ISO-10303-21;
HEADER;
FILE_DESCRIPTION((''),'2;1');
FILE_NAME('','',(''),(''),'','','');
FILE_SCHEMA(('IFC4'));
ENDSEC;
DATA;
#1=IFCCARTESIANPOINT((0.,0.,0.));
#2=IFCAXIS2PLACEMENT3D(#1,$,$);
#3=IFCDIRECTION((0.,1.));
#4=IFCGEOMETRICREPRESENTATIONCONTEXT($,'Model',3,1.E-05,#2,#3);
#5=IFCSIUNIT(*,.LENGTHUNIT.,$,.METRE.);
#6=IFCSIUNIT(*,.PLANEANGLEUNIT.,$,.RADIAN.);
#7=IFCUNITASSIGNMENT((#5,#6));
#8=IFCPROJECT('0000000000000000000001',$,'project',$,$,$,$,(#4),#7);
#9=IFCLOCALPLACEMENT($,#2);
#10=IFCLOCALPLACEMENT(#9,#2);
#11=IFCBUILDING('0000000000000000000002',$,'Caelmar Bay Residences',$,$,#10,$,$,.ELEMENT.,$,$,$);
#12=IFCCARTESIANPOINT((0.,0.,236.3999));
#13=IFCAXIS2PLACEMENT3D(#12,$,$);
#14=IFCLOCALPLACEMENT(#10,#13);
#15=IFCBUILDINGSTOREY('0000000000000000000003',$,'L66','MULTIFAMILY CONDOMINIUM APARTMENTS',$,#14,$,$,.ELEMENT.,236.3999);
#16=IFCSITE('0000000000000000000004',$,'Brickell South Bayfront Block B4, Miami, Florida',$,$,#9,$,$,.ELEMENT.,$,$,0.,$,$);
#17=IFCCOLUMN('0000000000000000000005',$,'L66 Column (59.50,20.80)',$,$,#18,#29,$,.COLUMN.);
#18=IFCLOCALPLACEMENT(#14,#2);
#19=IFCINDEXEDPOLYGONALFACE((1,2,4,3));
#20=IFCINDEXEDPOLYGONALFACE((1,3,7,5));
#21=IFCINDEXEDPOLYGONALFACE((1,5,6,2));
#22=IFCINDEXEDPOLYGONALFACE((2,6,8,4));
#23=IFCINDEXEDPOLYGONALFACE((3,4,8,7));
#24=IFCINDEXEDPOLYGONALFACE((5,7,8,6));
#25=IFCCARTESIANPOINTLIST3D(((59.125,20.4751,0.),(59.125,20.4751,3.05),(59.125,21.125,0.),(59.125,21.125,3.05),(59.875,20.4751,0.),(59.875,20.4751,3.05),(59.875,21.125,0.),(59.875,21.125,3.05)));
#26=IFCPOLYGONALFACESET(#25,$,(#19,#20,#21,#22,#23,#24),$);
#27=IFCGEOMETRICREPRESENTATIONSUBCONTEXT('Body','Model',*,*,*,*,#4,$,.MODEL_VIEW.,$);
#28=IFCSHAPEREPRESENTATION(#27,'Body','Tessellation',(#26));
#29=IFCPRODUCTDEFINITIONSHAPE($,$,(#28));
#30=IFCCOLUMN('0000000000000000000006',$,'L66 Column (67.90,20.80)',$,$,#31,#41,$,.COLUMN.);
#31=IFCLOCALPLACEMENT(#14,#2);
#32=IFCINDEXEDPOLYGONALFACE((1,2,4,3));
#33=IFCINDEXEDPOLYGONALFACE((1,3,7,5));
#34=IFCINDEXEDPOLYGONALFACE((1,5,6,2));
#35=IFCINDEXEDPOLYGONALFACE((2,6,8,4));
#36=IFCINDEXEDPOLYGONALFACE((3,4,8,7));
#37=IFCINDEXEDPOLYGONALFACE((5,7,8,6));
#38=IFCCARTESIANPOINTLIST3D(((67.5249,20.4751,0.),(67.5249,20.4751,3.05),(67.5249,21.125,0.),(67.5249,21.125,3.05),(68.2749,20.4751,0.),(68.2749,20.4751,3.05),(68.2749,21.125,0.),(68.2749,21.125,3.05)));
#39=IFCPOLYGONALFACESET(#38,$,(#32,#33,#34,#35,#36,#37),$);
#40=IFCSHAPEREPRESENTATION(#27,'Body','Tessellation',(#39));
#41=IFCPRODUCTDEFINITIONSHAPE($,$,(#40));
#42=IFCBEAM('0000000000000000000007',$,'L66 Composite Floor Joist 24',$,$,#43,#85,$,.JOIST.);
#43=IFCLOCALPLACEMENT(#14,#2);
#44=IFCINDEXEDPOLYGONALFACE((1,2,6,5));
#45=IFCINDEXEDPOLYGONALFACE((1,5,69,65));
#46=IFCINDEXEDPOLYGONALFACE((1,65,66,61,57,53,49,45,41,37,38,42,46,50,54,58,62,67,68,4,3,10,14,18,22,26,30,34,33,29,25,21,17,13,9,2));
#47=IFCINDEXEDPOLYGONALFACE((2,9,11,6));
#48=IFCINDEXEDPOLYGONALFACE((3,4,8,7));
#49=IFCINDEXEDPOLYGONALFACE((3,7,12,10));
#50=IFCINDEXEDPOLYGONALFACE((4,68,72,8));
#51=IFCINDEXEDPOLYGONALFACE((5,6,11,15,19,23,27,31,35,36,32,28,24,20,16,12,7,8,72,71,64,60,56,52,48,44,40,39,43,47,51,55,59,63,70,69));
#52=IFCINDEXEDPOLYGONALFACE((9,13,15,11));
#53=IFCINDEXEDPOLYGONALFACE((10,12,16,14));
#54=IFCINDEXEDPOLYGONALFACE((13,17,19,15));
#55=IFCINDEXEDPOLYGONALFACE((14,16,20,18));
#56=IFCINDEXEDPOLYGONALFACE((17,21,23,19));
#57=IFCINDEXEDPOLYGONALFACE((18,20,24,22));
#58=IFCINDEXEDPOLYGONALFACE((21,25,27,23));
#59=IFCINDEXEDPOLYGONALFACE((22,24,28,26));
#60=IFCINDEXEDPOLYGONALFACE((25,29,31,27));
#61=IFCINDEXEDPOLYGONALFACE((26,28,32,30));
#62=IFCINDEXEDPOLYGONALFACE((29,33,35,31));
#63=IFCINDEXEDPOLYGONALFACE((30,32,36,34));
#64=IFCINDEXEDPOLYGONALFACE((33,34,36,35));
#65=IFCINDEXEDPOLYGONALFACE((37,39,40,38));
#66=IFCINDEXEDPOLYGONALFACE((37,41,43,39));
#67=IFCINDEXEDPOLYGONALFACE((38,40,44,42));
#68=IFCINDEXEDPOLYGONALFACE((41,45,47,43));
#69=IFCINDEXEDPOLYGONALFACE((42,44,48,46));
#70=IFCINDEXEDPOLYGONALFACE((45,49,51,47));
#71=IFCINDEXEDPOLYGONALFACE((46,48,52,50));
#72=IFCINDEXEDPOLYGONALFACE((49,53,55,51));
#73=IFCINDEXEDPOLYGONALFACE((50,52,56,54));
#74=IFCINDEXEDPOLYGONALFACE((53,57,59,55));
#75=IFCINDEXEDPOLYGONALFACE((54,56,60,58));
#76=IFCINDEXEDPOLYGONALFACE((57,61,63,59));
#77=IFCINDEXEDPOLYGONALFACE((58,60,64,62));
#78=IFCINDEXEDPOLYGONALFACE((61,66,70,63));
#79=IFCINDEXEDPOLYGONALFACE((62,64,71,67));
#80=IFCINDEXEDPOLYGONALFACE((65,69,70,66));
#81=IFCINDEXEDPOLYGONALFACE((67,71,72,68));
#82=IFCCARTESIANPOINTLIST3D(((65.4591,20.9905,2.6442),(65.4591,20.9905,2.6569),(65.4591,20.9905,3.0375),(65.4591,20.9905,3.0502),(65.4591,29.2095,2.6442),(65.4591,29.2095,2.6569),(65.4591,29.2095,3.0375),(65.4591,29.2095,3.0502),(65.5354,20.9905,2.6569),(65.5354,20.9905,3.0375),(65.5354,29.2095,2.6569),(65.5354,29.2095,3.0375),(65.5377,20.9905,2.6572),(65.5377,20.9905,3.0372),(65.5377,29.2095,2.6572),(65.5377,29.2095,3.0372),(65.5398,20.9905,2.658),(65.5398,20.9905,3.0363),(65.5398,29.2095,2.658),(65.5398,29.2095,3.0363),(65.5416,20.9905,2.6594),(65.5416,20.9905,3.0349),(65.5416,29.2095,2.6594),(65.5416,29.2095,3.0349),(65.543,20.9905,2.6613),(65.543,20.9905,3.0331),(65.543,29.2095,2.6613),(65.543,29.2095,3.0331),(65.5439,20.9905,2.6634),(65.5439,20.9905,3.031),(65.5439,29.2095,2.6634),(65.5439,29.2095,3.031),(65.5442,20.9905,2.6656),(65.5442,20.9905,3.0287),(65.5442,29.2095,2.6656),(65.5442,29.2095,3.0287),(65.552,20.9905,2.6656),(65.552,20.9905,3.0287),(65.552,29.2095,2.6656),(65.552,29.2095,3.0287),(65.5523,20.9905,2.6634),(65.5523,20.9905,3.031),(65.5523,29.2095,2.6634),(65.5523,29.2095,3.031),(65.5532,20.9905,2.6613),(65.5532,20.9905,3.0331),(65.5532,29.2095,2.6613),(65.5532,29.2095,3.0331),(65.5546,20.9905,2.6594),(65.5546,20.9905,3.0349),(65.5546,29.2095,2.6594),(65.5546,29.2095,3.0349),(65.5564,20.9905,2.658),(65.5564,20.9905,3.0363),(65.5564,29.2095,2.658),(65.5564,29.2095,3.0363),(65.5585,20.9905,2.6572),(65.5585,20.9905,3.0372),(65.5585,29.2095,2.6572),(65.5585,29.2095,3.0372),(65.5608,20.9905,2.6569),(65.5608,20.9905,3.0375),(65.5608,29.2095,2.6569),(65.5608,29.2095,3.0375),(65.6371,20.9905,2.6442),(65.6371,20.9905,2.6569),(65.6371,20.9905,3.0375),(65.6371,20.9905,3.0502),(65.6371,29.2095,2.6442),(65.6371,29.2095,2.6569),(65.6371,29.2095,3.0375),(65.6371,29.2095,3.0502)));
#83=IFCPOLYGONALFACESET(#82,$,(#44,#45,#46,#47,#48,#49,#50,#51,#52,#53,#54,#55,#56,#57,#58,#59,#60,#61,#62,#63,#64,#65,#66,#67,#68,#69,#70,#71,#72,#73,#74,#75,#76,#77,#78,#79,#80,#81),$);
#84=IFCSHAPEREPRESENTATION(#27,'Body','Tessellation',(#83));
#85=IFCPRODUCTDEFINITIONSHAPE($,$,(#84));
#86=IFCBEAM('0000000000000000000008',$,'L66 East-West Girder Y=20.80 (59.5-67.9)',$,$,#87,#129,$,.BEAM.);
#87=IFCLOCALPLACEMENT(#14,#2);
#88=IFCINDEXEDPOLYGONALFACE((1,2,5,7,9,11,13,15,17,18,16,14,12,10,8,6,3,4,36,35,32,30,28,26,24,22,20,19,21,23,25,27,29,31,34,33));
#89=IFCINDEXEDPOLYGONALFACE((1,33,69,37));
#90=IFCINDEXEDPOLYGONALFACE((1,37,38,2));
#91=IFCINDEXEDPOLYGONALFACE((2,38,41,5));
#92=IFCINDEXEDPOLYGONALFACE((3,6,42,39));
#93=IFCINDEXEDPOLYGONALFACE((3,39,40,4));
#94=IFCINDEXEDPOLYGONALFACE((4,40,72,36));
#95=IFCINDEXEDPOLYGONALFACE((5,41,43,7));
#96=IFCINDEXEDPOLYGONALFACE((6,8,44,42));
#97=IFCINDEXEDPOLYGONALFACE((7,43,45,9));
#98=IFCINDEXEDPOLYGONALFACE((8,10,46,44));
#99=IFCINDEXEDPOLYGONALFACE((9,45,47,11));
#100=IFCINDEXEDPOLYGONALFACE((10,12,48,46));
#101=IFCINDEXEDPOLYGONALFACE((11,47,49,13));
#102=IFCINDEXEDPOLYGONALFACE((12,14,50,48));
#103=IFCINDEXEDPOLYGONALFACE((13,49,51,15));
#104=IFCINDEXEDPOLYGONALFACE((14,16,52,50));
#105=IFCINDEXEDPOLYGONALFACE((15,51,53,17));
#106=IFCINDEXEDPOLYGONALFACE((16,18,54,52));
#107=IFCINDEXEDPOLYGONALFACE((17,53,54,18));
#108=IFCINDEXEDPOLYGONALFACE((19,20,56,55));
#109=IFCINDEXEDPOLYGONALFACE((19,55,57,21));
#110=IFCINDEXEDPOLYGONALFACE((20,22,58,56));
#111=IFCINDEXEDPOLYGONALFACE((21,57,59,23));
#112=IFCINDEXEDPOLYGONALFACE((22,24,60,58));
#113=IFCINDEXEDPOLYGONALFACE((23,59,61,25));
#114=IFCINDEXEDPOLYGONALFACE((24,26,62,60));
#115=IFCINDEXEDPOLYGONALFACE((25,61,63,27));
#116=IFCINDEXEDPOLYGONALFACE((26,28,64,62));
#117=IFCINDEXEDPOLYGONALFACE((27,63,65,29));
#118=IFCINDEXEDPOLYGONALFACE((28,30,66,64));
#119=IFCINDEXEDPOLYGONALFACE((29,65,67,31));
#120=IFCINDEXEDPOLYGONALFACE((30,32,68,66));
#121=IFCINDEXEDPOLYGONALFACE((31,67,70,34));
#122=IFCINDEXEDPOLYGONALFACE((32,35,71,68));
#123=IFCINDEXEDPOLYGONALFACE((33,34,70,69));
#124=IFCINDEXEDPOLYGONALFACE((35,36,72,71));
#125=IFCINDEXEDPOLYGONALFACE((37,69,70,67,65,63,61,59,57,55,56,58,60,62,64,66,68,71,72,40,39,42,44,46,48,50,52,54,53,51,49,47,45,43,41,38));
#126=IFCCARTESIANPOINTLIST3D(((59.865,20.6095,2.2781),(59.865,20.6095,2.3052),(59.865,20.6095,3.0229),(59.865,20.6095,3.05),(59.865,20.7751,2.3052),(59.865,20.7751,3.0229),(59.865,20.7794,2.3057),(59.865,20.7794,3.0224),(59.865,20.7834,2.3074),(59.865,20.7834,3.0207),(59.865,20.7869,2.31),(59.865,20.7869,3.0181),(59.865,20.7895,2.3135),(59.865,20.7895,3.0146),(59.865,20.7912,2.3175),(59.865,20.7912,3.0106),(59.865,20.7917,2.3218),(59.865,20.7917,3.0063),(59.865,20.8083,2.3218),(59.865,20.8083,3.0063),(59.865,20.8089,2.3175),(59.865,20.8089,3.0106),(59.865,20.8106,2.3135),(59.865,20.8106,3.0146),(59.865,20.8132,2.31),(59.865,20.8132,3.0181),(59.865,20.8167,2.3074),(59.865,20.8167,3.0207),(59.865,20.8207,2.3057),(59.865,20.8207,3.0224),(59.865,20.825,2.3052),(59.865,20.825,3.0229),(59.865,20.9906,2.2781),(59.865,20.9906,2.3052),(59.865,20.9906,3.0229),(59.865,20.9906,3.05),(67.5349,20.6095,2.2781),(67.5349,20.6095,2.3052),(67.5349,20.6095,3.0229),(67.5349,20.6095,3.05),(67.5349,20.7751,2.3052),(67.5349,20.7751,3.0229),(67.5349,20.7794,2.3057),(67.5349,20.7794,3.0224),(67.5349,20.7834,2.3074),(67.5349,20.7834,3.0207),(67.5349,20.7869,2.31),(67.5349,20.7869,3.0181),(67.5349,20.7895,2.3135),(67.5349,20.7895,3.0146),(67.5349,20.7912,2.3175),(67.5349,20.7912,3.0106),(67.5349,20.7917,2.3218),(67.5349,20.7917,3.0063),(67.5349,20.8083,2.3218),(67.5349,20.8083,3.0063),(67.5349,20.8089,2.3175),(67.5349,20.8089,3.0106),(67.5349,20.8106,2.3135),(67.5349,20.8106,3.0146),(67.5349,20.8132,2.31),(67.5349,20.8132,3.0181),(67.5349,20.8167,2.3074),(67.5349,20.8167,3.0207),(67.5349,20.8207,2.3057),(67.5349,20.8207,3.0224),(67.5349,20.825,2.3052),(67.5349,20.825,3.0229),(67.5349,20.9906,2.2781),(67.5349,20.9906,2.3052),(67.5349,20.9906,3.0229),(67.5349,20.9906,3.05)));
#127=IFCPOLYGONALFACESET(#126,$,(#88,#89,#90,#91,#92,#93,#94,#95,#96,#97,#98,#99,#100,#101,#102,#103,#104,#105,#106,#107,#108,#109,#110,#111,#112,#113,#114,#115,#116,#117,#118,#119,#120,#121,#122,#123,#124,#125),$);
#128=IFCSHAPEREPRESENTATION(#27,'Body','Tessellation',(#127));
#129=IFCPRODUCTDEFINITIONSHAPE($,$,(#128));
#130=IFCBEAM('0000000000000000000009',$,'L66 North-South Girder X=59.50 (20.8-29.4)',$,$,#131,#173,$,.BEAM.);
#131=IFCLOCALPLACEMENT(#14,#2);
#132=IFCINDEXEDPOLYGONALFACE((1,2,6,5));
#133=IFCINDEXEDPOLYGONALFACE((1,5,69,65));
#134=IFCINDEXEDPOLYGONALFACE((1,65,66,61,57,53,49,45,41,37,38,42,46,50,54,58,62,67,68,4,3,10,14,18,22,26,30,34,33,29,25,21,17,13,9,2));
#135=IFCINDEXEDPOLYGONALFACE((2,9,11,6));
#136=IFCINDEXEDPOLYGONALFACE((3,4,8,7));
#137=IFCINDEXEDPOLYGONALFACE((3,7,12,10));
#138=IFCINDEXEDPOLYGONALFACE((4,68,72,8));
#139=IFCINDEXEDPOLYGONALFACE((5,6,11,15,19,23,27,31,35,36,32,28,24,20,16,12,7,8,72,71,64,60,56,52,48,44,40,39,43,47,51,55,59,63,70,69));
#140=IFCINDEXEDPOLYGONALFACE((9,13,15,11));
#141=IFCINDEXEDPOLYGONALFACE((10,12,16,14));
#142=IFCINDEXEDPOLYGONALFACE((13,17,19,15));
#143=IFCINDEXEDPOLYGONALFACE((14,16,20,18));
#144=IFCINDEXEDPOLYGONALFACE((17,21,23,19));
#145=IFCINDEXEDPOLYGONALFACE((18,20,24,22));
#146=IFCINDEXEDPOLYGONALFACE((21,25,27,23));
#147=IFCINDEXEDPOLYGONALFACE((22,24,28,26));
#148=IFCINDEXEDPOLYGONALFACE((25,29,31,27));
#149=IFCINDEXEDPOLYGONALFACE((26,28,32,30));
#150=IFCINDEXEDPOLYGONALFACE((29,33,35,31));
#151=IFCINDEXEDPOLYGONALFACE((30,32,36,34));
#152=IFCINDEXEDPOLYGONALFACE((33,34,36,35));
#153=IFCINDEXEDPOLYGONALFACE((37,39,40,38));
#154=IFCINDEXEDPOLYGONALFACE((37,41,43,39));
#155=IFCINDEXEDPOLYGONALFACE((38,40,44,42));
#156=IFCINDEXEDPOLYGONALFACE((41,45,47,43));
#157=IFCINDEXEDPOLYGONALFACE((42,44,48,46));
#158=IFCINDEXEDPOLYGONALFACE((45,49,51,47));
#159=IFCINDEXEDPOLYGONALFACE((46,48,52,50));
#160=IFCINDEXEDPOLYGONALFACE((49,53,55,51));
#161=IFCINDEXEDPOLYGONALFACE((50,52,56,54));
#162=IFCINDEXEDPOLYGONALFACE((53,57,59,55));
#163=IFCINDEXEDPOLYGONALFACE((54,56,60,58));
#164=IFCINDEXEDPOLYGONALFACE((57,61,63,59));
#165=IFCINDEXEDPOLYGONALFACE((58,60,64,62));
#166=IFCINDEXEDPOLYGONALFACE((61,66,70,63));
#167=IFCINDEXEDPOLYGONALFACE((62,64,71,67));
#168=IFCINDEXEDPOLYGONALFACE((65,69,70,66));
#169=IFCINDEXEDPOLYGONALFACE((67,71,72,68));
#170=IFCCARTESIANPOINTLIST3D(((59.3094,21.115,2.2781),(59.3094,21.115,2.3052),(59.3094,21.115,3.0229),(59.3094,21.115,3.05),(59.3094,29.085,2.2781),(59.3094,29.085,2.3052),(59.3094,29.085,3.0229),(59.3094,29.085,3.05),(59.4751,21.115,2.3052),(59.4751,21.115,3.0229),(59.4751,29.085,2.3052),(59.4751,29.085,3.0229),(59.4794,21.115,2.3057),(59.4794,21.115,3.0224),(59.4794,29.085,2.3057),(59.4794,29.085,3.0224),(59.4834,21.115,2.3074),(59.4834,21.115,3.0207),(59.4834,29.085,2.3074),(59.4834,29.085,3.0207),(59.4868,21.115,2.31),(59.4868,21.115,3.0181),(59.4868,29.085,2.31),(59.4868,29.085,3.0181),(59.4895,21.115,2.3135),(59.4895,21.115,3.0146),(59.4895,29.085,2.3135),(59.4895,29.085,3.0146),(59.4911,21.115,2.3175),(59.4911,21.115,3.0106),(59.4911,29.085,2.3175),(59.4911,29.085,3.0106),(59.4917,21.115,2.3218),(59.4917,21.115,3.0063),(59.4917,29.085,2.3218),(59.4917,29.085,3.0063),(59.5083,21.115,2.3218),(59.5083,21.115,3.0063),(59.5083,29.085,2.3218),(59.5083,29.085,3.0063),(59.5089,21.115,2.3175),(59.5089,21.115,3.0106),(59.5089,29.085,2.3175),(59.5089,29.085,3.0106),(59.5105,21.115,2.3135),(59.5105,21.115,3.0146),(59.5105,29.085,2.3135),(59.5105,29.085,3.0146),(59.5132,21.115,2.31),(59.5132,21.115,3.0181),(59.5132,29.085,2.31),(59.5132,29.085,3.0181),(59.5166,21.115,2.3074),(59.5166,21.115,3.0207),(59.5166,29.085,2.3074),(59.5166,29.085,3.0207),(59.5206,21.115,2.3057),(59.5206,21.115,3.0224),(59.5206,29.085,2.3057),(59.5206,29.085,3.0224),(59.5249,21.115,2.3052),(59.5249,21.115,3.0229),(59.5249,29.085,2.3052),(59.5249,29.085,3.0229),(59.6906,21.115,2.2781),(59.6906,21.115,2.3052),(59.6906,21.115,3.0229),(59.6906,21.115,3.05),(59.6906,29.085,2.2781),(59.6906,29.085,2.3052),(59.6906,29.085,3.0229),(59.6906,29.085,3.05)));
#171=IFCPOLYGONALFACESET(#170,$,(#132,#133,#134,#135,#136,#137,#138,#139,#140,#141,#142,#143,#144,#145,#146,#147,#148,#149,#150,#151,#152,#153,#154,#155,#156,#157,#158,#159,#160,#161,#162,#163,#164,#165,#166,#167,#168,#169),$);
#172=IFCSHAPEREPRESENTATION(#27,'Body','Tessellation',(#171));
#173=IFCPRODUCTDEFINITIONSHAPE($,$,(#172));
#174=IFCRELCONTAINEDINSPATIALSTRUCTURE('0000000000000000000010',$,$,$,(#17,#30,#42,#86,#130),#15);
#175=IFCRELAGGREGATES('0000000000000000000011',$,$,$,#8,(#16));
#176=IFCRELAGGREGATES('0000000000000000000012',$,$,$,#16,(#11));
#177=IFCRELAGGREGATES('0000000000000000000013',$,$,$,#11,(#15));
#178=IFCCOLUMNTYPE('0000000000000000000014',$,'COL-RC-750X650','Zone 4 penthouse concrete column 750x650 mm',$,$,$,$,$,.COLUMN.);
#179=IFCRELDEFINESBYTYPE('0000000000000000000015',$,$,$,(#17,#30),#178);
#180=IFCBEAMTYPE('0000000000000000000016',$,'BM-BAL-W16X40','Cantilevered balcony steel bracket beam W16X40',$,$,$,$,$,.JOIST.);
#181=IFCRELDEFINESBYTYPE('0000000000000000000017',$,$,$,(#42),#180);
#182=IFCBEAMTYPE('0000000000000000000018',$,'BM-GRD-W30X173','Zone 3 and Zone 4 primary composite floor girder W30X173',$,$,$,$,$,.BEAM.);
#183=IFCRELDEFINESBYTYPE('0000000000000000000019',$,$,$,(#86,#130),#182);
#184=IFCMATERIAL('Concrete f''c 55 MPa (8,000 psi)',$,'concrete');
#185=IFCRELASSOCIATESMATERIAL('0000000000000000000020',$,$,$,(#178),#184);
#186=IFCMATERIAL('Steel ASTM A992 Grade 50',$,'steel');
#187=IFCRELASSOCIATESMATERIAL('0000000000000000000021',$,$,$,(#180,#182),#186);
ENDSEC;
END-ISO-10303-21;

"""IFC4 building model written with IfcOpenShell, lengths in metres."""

from ifc_helpers import new_model, si_unit, direction, frame, origin, origin_2d, place, context, subcontext, project, spatial, rectangle, i_section, extrude, material, material_profile, profile_set, type_object, element, save


model = new_model("IFC4")

# Units and contexts
model_context = context("Model", 3, precision=1e-05, world=origin(), true_north=direction((0.0, 1.0)))
body_context = subcontext(model_context, "Body", "Model", "MODEL_VIEW")
ifc_project = project(units=[si_unit("LENGTHUNIT", "METRE"), si_unit("PLANEANGLEUNIT", "RADIAN")], contexts=[model_context])

# Site, building, storey
site_placement = place(None, origin())
site = spatial("IfcSite", under=ifc_project, at=site_placement, Name="Brickell South Bayfront Block B4, Miami, Florida", CompositionType="ELEMENT", RefElevation=0.0)
building_placement = place(site_placement, origin())
building = spatial("IfcBuilding", under=site, at=building_placement, Name="Caelmar Bay Residences", CompositionType="ELEMENT")
storey_placement = place(building_placement, frame((0.0, 0.0, 236.3999)))
storey = spatial("IfcBuildingStorey", under=building, at=storey_placement, Name="L66", Description="MULTIFAMILY CONDOMINIUM APARTMENTS", CompositionType="ELEMENT", Elevation=236.3999)

# Columns
ifc_material_1 = material(Name="Concrete f'c 55 MPa (8,000 psi)", Category="concrete")
ifc_material_profile_1 = material_profile(ifc_material_1, rectangle(XDim=0.75, YDim=0.6499, at=origin_2d()), Name="RC-COL-750X650")
ifc_profile_set_1 = profile_set([ifc_material_profile_1], Name="Concrete f'c 55 MPa (8,000 psi)")
column_type = type_object("IfcColumnType", Name="COL-RC-750X650", Description="Zone 4 penthouse concrete column 750x650 mm", PredefinedType="COLUMN", material=ifc_profile_set_1)
for number, where, z_axis, x_axis, name in (
    (1, (59.5, 20.8, 0.0), (0.0, 0.0, 1.0), (1.0, 0.0, 0.0), "L66 Column (59.50,20.80)"),
    (2, (67.8999, 20.8, 0.0), (0.0, 0.0, 1.0), (1.0, 0.0, 0.0), "L66 Column (67.90,20.80)"),
):
    element("IfcColumn", number, at=place(storey_placement, frame(where, z_axis=z_axis, x_axis=x_axis)), inside=storey, type_object=column_type, Name=name, PredefinedType="COLUMN", context=body_context, shape_type="SweptSolid", body=[
        extrude(rectangle(XDim=0.75, YDim=0.6499, at=origin_2d()), origin(), (0.0, 0.0, 1.0), 3.05),
    ])

# Beams
ifc_material_2 = material(Name="Steel ASTM A992 Grade 50", Category="steel")
ifc_material_profile_2 = material_profile(ifc_material_2, i_section(OverallWidth=0.178, OverallDepth=0.406, WebThickness=0.0078, FlangeThickness=0.0127, FilletRadius=0.0088, at=origin_2d()), Name="W16X40")
ifc_profile_set_2 = profile_set([ifc_material_profile_2], Name="Steel ASTM A992 Grade 50")
beam_type_1 = type_object("IfcBeamType", Name="BM-BAL-W16X40", Description="Cantilevered balcony steel bracket beam W16X40", PredefinedType="JOIST", material=ifc_profile_set_2)
beam_1_placement = place(storey_placement, frame((65.5481, 20.9905, 2.8472), z_axis=(0.0, 1.0, 0.0), x_axis=(-1.0, 0.0, 0.0)))
element("IfcBeam", 3, at=beam_1_placement, inside=storey, type_object=beam_type_1, Name="L66 Composite Floor Joist 24", PredefinedType="JOIST", context=body_context, shape_type="SweptSolid", body=[
    extrude(i_section(OverallWidth=0.178, OverallDepth=0.406, WebThickness=0.0078, FlangeThickness=0.0127, FilletRadius=0.0088, at=origin_2d()), origin(), (0.0, 0.0, 1.0), 8.219),
])
ifc_material_profile_3 = material_profile(ifc_material_2, i_section(OverallWidth=0.3811, OverallDepth=0.772, WebThickness=0.0166, FlangeThickness=0.0271, FilletRadius=0.0166, at=origin_2d()), Name="W30X173")
ifc_profile_set_3 = profile_set([ifc_material_profile_3], Name="Steel ASTM A992 Grade 50")
beam_type_2 = type_object("IfcBeamType", Name="BM-GRD-W30X173", Description="Zone 3 and Zone 4 primary composite floor girder W30X173", PredefinedType="BEAM", material=ifc_profile_set_3)
beam_2_placement = place(storey_placement, frame((59.865, 20.8, 2.6641), z_axis=(1.0, 0.0, 0.0), x_axis=(0.0, 1.0, 0.0)))
element("IfcBeam", 4, at=beam_2_placement, inside=storey, type_object=beam_type_2, Name="L66 East-West Girder Y=20.80 (59.5-67.9)", PredefinedType="BEAM", context=body_context, shape_type="SweptSolid", body=[
    extrude(i_section(OverallWidth=0.3811, OverallDepth=0.772, WebThickness=0.0166, FlangeThickness=0.0271, FilletRadius=0.0166, at=origin_2d()), origin(), (0.0, 0.0, 1.0), 7.6699),
])
for number, where, z_axis, x_axis, name in (
    (5, (59.5, 21.115, 2.6641), (0.0, 1.0, 0.0), (-1.0, 0.0, 0.0), "L66 North-South Girder X=59.50 (20.8-29.4)"),
):
    element("IfcBeam", number, at=place(storey_placement, frame(where, z_axis=z_axis, x_axis=x_axis)), inside=storey, type_object=beam_type_2, Name=name, PredefinedType="BEAM", context=body_context, shape_type="SweptSolid", body=[
        extrude(i_section(OverallWidth=0.3811, OverallDepth=0.772, WebThickness=0.0166, FlangeThickness=0.0271, FilletRadius=0.0166, at=origin_2d()), origin(), (0.0, 0.0, 1.0), 7.97),
    ])

save(model, "model.ifc")
